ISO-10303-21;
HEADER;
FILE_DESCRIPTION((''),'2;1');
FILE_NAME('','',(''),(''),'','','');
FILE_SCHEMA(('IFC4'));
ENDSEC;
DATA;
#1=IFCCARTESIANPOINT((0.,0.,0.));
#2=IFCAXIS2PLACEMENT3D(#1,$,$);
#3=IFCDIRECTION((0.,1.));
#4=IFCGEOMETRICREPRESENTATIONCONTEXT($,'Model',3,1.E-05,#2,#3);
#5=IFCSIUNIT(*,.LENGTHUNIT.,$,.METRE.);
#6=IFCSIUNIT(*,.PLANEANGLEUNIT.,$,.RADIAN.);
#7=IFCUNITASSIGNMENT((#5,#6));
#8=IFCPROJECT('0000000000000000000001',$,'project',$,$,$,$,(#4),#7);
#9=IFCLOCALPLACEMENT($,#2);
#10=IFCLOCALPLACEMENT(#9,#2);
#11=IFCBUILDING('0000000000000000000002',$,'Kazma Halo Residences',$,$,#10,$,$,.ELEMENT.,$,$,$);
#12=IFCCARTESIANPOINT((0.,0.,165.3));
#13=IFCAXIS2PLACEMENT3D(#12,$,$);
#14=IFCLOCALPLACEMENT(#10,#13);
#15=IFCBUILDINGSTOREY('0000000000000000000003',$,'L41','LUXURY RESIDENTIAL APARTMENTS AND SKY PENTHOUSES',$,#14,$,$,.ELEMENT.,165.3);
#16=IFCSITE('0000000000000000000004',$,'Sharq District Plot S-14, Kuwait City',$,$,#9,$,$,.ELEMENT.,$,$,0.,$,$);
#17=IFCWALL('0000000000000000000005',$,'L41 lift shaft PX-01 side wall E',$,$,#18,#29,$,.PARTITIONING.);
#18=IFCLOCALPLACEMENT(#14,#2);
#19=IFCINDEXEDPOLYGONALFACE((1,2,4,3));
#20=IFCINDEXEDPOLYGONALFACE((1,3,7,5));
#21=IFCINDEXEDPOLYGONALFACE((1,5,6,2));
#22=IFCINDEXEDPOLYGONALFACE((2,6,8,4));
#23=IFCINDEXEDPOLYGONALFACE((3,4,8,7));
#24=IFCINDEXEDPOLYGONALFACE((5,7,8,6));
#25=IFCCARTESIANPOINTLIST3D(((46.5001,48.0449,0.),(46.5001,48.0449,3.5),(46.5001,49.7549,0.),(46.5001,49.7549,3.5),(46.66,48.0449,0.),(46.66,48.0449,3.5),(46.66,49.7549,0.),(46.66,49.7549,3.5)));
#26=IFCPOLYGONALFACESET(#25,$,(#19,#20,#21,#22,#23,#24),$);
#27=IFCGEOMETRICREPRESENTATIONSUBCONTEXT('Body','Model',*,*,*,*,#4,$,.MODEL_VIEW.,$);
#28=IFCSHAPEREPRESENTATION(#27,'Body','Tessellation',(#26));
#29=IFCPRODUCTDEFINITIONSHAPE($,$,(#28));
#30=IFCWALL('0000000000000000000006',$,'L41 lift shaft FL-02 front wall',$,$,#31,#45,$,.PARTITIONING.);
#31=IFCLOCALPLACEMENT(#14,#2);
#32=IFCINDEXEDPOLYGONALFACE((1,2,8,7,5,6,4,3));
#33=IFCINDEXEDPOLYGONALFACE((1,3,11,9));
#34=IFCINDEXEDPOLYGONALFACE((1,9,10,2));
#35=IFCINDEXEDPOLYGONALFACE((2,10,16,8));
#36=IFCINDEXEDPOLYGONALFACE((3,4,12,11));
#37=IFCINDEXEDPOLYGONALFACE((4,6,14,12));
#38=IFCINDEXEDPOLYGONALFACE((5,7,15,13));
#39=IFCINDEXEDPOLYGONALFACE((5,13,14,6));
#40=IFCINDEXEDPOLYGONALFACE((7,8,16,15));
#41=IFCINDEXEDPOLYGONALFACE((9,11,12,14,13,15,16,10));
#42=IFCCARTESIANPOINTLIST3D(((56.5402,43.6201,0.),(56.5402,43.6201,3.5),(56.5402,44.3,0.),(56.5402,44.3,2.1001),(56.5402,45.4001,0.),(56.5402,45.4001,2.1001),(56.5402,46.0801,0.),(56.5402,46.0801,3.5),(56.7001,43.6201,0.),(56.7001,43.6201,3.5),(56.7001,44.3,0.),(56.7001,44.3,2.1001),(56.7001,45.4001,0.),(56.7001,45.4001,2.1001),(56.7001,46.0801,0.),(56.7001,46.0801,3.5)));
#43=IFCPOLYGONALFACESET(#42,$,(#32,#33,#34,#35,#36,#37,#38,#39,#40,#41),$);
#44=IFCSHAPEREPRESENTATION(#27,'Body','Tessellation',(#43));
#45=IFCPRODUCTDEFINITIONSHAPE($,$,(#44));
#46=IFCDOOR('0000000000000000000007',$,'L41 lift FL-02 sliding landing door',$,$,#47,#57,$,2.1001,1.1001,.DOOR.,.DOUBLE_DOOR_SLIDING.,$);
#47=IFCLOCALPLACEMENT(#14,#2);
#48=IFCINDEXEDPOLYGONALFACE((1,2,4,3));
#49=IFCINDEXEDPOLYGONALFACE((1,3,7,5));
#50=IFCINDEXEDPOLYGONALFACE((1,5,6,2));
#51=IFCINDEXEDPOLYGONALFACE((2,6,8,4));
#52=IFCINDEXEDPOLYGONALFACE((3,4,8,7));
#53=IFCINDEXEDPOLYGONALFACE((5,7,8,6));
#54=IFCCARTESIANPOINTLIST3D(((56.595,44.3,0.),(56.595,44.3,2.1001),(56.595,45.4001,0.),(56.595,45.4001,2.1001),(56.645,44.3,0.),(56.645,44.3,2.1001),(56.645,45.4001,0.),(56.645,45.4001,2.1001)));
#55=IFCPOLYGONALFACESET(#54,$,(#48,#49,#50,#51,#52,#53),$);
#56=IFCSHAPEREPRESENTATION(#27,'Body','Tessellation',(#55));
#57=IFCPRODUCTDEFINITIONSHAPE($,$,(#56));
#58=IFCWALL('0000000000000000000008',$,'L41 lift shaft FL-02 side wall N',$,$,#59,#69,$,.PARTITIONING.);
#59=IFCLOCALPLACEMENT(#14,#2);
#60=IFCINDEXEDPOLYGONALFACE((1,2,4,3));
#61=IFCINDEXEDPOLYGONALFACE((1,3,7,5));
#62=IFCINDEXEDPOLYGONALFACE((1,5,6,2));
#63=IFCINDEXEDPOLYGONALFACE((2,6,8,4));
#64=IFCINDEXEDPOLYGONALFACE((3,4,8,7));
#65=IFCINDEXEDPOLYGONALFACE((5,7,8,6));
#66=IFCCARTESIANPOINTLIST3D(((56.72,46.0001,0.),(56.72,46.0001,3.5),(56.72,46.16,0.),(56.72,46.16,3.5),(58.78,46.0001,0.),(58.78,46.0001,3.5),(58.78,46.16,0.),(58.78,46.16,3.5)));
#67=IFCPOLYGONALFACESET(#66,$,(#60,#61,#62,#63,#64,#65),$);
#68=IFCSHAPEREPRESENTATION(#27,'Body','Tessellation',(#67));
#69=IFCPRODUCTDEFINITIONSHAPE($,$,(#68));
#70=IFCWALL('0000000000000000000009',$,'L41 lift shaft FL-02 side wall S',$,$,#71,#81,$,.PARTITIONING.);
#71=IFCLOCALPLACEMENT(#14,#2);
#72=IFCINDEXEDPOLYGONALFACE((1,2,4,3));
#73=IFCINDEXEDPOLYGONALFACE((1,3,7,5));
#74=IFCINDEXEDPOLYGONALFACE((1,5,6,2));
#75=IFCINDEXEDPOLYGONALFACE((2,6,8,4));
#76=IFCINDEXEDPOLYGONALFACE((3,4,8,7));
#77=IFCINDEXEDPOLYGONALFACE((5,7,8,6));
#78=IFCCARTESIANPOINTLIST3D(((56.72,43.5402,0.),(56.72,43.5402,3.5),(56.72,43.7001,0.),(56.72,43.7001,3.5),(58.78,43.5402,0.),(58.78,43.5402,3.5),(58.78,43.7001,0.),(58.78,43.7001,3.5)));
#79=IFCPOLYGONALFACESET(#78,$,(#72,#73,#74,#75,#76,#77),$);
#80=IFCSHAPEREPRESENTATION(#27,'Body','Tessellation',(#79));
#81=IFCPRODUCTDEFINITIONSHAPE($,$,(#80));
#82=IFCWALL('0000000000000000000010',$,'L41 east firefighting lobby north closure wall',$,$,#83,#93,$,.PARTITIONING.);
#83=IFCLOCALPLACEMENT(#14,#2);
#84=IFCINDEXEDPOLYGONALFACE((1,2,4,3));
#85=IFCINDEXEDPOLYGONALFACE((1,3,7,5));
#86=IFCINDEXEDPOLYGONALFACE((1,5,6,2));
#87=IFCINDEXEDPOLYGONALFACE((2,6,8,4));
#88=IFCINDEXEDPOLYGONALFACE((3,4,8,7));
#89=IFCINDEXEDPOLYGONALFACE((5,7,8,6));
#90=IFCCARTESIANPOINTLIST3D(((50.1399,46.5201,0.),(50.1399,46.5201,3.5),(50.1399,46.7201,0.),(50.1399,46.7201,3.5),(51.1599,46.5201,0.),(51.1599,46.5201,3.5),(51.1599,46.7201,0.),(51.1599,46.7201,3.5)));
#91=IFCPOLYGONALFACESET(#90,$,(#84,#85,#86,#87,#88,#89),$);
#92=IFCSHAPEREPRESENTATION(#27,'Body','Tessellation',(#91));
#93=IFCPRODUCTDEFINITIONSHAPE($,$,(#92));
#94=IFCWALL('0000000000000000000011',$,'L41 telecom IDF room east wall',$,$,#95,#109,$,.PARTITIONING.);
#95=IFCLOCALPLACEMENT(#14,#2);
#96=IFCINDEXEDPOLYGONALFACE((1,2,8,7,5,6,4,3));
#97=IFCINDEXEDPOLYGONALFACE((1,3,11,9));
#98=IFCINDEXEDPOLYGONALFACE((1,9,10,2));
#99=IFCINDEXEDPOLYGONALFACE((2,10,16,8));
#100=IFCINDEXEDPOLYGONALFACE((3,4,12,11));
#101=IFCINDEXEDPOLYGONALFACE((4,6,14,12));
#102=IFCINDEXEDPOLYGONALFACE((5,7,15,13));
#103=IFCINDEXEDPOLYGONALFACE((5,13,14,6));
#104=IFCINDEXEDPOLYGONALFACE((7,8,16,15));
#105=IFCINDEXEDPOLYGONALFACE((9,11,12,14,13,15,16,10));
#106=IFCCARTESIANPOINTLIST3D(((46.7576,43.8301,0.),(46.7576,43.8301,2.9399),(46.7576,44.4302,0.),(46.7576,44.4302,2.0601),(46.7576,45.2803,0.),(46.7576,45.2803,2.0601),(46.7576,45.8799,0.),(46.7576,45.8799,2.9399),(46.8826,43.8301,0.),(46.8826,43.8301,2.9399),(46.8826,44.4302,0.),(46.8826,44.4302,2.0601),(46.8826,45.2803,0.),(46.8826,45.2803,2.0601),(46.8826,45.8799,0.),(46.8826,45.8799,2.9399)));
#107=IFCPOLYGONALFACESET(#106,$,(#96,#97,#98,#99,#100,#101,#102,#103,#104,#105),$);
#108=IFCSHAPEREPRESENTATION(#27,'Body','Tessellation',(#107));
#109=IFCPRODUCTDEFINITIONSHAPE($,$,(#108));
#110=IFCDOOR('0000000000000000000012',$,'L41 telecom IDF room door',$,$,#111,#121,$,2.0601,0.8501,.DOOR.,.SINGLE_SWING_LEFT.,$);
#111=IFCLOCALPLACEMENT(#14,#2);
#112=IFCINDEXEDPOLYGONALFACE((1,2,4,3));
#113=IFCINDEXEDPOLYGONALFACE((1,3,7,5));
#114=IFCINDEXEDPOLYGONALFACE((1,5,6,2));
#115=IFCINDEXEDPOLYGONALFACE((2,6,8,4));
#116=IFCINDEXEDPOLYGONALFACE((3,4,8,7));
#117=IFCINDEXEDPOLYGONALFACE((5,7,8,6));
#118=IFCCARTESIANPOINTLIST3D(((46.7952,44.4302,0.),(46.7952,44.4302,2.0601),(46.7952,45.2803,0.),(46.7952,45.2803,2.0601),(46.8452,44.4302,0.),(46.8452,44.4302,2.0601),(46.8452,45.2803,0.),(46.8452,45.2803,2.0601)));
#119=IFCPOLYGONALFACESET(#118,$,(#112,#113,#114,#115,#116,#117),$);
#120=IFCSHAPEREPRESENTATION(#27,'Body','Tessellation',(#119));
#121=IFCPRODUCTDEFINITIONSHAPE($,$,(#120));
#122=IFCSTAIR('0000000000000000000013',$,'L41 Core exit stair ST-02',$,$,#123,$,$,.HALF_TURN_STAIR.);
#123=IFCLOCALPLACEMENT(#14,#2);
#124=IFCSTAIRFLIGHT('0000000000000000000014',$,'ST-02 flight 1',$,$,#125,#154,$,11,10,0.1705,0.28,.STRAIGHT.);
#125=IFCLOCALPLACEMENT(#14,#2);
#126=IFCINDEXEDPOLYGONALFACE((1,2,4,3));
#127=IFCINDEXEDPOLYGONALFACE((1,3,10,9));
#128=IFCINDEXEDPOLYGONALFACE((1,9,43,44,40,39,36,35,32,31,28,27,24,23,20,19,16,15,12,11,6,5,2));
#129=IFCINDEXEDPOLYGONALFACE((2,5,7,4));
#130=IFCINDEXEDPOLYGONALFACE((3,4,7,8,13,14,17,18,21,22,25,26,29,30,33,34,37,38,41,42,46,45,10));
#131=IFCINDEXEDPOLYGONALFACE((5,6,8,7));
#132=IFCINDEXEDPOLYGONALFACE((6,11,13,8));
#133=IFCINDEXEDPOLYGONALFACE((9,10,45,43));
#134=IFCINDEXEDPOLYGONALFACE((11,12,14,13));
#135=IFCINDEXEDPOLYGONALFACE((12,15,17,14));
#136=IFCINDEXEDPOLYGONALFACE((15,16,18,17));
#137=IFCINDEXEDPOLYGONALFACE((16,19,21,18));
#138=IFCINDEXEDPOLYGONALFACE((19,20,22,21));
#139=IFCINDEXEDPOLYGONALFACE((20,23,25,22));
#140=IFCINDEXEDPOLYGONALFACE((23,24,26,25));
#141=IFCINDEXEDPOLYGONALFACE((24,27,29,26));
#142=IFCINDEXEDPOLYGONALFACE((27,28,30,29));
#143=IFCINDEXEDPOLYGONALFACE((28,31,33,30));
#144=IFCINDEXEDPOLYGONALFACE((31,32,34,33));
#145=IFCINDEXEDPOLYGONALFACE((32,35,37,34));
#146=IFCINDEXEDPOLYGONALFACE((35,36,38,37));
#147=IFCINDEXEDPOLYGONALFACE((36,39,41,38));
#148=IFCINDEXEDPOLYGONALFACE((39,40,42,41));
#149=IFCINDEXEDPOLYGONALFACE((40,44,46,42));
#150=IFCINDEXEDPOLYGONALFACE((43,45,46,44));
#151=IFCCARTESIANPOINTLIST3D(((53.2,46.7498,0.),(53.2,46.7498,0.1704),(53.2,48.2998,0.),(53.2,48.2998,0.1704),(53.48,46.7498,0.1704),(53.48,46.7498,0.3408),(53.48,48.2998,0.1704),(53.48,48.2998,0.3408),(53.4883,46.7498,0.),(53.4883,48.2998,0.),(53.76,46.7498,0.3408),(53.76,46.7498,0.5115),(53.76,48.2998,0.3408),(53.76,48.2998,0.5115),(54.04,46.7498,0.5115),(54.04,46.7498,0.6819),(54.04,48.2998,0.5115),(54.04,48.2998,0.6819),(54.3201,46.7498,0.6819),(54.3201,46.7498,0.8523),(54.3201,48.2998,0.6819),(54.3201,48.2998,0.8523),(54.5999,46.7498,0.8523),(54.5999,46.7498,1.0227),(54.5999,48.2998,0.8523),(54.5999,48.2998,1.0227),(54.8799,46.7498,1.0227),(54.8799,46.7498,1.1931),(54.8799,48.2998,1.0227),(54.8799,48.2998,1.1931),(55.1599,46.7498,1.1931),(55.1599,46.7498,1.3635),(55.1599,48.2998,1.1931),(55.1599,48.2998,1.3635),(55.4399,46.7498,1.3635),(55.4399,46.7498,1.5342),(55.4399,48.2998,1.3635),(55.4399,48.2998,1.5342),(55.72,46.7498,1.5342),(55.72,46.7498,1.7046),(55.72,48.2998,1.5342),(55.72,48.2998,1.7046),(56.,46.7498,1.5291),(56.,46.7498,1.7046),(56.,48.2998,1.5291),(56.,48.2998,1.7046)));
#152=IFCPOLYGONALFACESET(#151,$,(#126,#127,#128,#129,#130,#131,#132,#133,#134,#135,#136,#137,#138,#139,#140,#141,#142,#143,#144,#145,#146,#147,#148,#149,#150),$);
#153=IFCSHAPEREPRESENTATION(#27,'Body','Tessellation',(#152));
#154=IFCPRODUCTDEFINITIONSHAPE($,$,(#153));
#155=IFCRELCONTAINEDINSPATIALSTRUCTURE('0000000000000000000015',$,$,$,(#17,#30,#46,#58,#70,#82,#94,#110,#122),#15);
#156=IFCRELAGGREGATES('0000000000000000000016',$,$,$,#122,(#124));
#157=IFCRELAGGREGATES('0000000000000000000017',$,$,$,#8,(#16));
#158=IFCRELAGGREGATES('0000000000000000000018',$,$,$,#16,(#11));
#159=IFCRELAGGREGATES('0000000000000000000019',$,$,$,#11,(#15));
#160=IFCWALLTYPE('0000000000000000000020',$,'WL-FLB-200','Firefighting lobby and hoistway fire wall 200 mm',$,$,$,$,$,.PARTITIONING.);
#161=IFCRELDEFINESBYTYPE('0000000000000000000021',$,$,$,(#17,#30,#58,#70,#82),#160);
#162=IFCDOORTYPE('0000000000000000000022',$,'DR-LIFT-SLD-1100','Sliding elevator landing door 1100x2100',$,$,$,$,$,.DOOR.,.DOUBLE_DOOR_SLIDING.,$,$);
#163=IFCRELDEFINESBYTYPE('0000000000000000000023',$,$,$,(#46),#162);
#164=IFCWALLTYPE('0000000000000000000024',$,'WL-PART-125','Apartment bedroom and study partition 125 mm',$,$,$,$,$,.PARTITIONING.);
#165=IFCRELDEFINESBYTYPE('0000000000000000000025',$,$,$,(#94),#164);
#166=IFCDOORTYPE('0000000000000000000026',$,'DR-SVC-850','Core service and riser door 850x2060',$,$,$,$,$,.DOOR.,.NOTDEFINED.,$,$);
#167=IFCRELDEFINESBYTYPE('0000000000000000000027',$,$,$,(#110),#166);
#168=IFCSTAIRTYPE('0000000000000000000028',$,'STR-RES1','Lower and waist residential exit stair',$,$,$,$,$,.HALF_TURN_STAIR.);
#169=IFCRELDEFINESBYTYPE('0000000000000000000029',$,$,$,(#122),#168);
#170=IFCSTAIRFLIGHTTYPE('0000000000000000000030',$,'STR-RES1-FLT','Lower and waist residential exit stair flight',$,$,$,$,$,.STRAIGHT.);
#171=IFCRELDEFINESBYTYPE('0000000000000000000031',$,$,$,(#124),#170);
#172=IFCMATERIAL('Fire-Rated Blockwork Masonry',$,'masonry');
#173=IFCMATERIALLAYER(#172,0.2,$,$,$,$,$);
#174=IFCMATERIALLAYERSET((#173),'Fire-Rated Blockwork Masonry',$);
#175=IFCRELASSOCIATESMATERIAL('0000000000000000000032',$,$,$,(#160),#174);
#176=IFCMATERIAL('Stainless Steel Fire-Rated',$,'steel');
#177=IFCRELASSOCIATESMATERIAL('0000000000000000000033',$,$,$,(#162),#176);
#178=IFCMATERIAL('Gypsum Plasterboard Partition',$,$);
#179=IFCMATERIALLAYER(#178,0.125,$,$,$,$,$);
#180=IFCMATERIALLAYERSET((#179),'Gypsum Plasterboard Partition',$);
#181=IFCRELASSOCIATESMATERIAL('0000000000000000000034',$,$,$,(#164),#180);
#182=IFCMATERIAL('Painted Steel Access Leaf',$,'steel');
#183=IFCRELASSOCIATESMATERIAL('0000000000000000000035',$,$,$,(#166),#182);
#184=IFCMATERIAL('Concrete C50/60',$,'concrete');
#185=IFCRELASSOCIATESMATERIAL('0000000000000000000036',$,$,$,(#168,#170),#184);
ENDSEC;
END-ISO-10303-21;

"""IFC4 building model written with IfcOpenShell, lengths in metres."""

from ifc_helpers import new_model, si_unit, direction, frame, frame_2d, origin, place, context, subcontext, project, spatial, polyline, rectangle, outline, extrude, material, layer, layer_set, type_object, element, fill, aggregate, save


model = new_model("IFC4")

# Units and contexts
model_context = context("Model", 3, precision=1e-05, world=origin(), true_north=direction((0.0, 1.0)))
body_context = subcontext(model_context, "Body", "Model", "MODEL_VIEW")
ifc_project = project(units=[si_unit("LENGTHUNIT", "METRE"), si_unit("PLANEANGLEUNIT", "RADIAN")], contexts=[model_context])

# Site, building, storey
site_placement = place(None, origin())
site = spatial("IfcSite", under=ifc_project, at=site_placement, Name="Sharq District Plot S-14, Kuwait City", CompositionType="ELEMENT", RefElevation=0.0)
building_placement = place(site_placement, origin())
building = spatial("IfcBuilding", under=site, at=building_placement, Name="Kazma Halo Residences", CompositionType="ELEMENT")
storey_placement = place(building_placement, frame((0.0, 0.0, 165.3)))
storey = spatial("IfcBuildingStorey", under=building, at=storey_placement, Name="L41", Description="LUXURY RESIDENTIAL APARTMENTS AND SKY PENTHOUSES", CompositionType="ELEMENT", Elevation=165.3)

# Wall
ifc_material_1 = material(Name="Fire-Rated Blockwork Masonry", Category="masonry")
ifc_layer_1 = layer(ifc_material_1, 0.2)
ifc_layer_set_1 = layer_set([ifc_layer_1], Name="Fire-Rated Blockwork Masonry")
wall_type_1 = type_object("IfcWallType", Name="WL-FLB-200", Description="Firefighting lobby and hoistway fire wall 200 mm", PredefinedType="PARTITIONING", material=ifc_layer_set_1)
wall_1_placement = place(storey_placement, frame((46.5801, 48.0449, 0.0), z_axis=(0.0, 0.0, 1.0), x_axis=(0.0, 1.0, 0.0)))
element("IfcWall", 1, at=wall_1_placement, inside=storey, type_object=wall_type_1, Name="L41 lift shaft PX-01 side wall E", PredefinedType="PARTITIONING", context=body_context, shape_type="SweptSolid", body=[
    extrude(rectangle(XDim=1.71, YDim=0.1599, at=frame_2d((0.855, 0.0))), origin(), (0.0, 0.0, 1.0), 3.5),
])

# Wall, opening, door
wall_2_placement = place(storey_placement, frame((56.6201, 46.0801, 0.0), z_axis=(0.0, 0.0, 1.0), x_axis=(0.0, -1.0, 0.0)))
wall_2 = element("IfcWall", 2, at=wall_2_placement, inside=storey, type_object=wall_type_1, Name="L41 lift shaft FL-02 front wall", PredefinedType="PARTITIONING", context=body_context, shape_type="SweptSolid", body=[
    extrude(rectangle(XDim=2.46, YDim=0.1599, at=frame_2d((1.23, 0.0))), origin(), (0.0, 0.0, 1.0), 3.5),
])
opening_1_placement = place(wall_2_placement, frame((0.6799, 0.0, 0.0)))
opening_1 = element("IfcOpeningElement", 3, at=opening_1_placement, cuts=wall_2, PredefinedType="OPENING", context=body_context, shape_type="SweptSolid", body=[
    extrude(rectangle(XDim=1.1001, YDim=2.1001, at=frame_2d((0.55, 1.05))), frame((0.0, 0.0898, 0.0), z_axis=(0.0, -1.0, 0.0), x_axis=(1.0, 0.0, 0.0)), (0.0, 0.0, 1.0), 0.1799),
])
ifc_material_2 = material(Name="Stainless Steel Fire-Rated", Category="steel")
door_type_1 = type_object("IfcDoorType", Name="DR-LIFT-SLD-1100", Description="Sliding elevator landing door 1100x2100", OperationType="DOUBLE_DOOR_SLIDING", PredefinedType="DOOR", material=ifc_material_2)
door_1_placement = place(opening_1_placement, origin())
door_1 = element("IfcDoor", 4, at=door_1_placement, inside=storey, type_object=door_type_1, Name="L41 lift FL-02 sliding landing door", OperationType="DOUBLE_DOOR_SLIDING", OverallHeight=2.1001, OverallWidth=1.1001, PredefinedType="DOOR", context=body_context, shape_type="SweptSolid", body=[
    extrude(rectangle(XDim=1.1001, YDim=2.1001, at=frame_2d((0.55, 1.05))), frame((0.0, 0.0249, 0.0), z_axis=(0.0, -1.0, 0.0), x_axis=(1.0, 0.0, 0.0)), (0.0, 0.0, 1.0), 0.05),
])
fill(opening_1, door_1)

# Walls
for number, where, z_axis, x_axis, name in (
    (5, (56.72, 46.0801, 0.0), (0.0, 0.0, 1.0), (1.0, 0.0, 0.0), "L41 lift shaft FL-02 side wall N"),
    (6, (56.72, 43.6201, 0.0), (0.0, 0.0, 1.0), (1.0, 0.0, 0.0), "L41 lift shaft FL-02 side wall S"),
):
    element("IfcWall", number, at=place(storey_placement, frame(where, z_axis=z_axis, x_axis=x_axis)), inside=storey, type_object=wall_type_1, Name=name, PredefinedType="PARTITIONING", context=body_context, shape_type="SweptSolid", body=[
        extrude(rectangle(XDim=2.0601, YDim=0.1599, at=frame_2d((1.03, 0.0))), origin(), (0.0, 0.0, 1.0), 3.5),
    ])
wall_3_placement = place(storey_placement, frame((50.1399, 46.6201, 0.0), z_axis=(0.0, 0.0, 1.0), x_axis=(1.0, 0.0, 0.0)))
element("IfcWall", 7, at=wall_3_placement, inside=storey, type_object=wall_type_1, Name="L41 east firefighting lobby north closure wall", PredefinedType="PARTITIONING", context=body_context, shape_type="SweptSolid", body=[
    extrude(rectangle(XDim=1.02, YDim=0.2, at=frame_2d((0.51, 0.0))), origin(), (0.0, 0.0, 1.0), 3.5),
])

# Wall, opening, door
ifc_material_3 = material(Name="Gypsum Plasterboard Partition")
ifc_layer_2 = layer(ifc_material_3, 0.125)
ifc_layer_set_2 = layer_set([ifc_layer_2], Name="Gypsum Plasterboard Partition")
wall_type_2 = type_object("IfcWallType", Name="WL-PART-125", Description="Apartment bedroom and study partition 125 mm", PredefinedType="PARTITIONING", material=ifc_layer_set_2)
wall_4_placement = place(storey_placement, frame((46.8201, 43.8301, 0.0), z_axis=(0.0, 0.0, 1.0), x_axis=(0.0, 1.0, 0.0)))
wall_4 = element("IfcWall", 8, at=wall_4_placement, inside=storey, type_object=wall_type_2, Name="L41 telecom IDF room east wall", PredefinedType="PARTITIONING", context=body_context, shape_type="SweptSolid", body=[
    extrude(rectangle(XDim=2.0498, YDim=0.125, at=frame_2d((1.0249, 0.0))), origin(), (0.0, 0.0, 1.0), 2.9399),
])
opening_2_placement = place(wall_4_placement, frame((0.6001, 0.0, 0.0)))
opening_2 = element("IfcOpeningElement", 9, at=opening_2_placement, cuts=wall_4, PredefinedType="OPENING", context=body_context, shape_type="SweptSolid", body=[
    extrude(rectangle(XDim=0.8501, YDim=2.0601, at=frame_2d((0.425, 1.03))), frame((0.0, 0.0725, 0.0), z_axis=(0.0, -1.0, 0.0), x_axis=(1.0, 0.0, 0.0)), (0.0, 0.0, 1.0), 0.145),
])
ifc_material_4 = material(Name="Painted Steel Access Leaf", Category="steel")
door_type_2 = type_object("IfcDoorType", Name="DR-SVC-850", Description="Core service and riser door 850x2060", OperationType="NOTDEFINED", PredefinedType="DOOR", material=ifc_material_4)
door_2_placement = place(opening_2_placement, origin())
door_2 = element("IfcDoor", 10, at=door_2_placement, inside=storey, type_object=door_type_2, Name="L41 telecom IDF room door", OperationType="SINGLE_SWING_LEFT", OverallHeight=2.0601, OverallWidth=0.8501, PredefinedType="DOOR", context=body_context, shape_type="SweptSolid", body=[
    extrude(rectangle(XDim=0.8501, YDim=2.0601, at=frame_2d((0.425, 1.03))), frame((0.0, 0.0249, 0.0), z_axis=(0.0, -1.0, 0.0), x_axis=(1.0, 0.0, 0.0)), (0.0, 0.0, 1.0), 0.05),
])
fill(opening_2, door_2)
ifc_material_5 = material(Name="Concrete C50/60", Category="concrete")

# Stair, stair flight
stair_type = type_object("IfcStairType", Name="STR-RES1", Description="Lower and waist residential exit stair", PredefinedType="HALF_TURN_STAIR", material=ifc_material_5)
stair_placement = place(storey_placement, origin())
stair = element("IfcStair", 11, at=stair_placement, inside=storey, type_object=stair_type, Name="L41 Core exit stair ST-02", PredefinedType="HALF_TURN_STAIR")
stair_flight_type = type_object("IfcStairFlightType", Name="STR-RES1-FLT", Description="Lower and waist residential exit stair flight", PredefinedType="STRAIGHT", material=ifc_material_5)
stair_flight_1_placement = place(storey_placement, frame((53.2, 47.5249, 0.0), z_axis=(0.0, 0.0, 1.0), x_axis=(1.0, 0.0, 0.0)))
stair_flight_1 = element("IfcStairFlight", 12, at=stair_flight_1_placement, type_object=stair_flight_type, Name="ST-02 flight 1", NumberOfRisers=11, NumberOfTreads=10, PredefinedType="STRAIGHT", RiserHeight=0.1705, TreadLength=0.28, context=body_context, shape_type="SweptSolid", body=[
    extrude(outline(polyline([(0.0, 0.0), (0.0, 0.1704), (0.28, 0.1704), (0.28, 0.3408), (0.5601, 0.3408), (0.5601, 0.5115), (0.8401, 0.5115), (0.8401, 0.6819), (1.1201, 0.6819), (1.1201, 0.8523), (1.3999, 0.8523), (1.3999, 1.0227), (1.6799, 1.0227), (1.6799, 1.1931), (1.96, 1.1931), (1.96, 1.3635), (2.24, 1.3635), (2.24, 1.5342), (2.52, 1.5342), (2.52, 1.7046), (2.8, 1.7046), (2.8, 1.875), (2.8, 1.5291), (0.2883, 0.0), (0.0, 0.0)])), frame((0.0, 0.7749, 0.0), z_axis=(0.0, -1.0, 0.0), x_axis=(1.0, 0.0, 0.0)), (0.0, 0.0, 1.0), 1.55),
])
aggregate(stair, [stair_flight_1])

save(model, "model.ifc")
